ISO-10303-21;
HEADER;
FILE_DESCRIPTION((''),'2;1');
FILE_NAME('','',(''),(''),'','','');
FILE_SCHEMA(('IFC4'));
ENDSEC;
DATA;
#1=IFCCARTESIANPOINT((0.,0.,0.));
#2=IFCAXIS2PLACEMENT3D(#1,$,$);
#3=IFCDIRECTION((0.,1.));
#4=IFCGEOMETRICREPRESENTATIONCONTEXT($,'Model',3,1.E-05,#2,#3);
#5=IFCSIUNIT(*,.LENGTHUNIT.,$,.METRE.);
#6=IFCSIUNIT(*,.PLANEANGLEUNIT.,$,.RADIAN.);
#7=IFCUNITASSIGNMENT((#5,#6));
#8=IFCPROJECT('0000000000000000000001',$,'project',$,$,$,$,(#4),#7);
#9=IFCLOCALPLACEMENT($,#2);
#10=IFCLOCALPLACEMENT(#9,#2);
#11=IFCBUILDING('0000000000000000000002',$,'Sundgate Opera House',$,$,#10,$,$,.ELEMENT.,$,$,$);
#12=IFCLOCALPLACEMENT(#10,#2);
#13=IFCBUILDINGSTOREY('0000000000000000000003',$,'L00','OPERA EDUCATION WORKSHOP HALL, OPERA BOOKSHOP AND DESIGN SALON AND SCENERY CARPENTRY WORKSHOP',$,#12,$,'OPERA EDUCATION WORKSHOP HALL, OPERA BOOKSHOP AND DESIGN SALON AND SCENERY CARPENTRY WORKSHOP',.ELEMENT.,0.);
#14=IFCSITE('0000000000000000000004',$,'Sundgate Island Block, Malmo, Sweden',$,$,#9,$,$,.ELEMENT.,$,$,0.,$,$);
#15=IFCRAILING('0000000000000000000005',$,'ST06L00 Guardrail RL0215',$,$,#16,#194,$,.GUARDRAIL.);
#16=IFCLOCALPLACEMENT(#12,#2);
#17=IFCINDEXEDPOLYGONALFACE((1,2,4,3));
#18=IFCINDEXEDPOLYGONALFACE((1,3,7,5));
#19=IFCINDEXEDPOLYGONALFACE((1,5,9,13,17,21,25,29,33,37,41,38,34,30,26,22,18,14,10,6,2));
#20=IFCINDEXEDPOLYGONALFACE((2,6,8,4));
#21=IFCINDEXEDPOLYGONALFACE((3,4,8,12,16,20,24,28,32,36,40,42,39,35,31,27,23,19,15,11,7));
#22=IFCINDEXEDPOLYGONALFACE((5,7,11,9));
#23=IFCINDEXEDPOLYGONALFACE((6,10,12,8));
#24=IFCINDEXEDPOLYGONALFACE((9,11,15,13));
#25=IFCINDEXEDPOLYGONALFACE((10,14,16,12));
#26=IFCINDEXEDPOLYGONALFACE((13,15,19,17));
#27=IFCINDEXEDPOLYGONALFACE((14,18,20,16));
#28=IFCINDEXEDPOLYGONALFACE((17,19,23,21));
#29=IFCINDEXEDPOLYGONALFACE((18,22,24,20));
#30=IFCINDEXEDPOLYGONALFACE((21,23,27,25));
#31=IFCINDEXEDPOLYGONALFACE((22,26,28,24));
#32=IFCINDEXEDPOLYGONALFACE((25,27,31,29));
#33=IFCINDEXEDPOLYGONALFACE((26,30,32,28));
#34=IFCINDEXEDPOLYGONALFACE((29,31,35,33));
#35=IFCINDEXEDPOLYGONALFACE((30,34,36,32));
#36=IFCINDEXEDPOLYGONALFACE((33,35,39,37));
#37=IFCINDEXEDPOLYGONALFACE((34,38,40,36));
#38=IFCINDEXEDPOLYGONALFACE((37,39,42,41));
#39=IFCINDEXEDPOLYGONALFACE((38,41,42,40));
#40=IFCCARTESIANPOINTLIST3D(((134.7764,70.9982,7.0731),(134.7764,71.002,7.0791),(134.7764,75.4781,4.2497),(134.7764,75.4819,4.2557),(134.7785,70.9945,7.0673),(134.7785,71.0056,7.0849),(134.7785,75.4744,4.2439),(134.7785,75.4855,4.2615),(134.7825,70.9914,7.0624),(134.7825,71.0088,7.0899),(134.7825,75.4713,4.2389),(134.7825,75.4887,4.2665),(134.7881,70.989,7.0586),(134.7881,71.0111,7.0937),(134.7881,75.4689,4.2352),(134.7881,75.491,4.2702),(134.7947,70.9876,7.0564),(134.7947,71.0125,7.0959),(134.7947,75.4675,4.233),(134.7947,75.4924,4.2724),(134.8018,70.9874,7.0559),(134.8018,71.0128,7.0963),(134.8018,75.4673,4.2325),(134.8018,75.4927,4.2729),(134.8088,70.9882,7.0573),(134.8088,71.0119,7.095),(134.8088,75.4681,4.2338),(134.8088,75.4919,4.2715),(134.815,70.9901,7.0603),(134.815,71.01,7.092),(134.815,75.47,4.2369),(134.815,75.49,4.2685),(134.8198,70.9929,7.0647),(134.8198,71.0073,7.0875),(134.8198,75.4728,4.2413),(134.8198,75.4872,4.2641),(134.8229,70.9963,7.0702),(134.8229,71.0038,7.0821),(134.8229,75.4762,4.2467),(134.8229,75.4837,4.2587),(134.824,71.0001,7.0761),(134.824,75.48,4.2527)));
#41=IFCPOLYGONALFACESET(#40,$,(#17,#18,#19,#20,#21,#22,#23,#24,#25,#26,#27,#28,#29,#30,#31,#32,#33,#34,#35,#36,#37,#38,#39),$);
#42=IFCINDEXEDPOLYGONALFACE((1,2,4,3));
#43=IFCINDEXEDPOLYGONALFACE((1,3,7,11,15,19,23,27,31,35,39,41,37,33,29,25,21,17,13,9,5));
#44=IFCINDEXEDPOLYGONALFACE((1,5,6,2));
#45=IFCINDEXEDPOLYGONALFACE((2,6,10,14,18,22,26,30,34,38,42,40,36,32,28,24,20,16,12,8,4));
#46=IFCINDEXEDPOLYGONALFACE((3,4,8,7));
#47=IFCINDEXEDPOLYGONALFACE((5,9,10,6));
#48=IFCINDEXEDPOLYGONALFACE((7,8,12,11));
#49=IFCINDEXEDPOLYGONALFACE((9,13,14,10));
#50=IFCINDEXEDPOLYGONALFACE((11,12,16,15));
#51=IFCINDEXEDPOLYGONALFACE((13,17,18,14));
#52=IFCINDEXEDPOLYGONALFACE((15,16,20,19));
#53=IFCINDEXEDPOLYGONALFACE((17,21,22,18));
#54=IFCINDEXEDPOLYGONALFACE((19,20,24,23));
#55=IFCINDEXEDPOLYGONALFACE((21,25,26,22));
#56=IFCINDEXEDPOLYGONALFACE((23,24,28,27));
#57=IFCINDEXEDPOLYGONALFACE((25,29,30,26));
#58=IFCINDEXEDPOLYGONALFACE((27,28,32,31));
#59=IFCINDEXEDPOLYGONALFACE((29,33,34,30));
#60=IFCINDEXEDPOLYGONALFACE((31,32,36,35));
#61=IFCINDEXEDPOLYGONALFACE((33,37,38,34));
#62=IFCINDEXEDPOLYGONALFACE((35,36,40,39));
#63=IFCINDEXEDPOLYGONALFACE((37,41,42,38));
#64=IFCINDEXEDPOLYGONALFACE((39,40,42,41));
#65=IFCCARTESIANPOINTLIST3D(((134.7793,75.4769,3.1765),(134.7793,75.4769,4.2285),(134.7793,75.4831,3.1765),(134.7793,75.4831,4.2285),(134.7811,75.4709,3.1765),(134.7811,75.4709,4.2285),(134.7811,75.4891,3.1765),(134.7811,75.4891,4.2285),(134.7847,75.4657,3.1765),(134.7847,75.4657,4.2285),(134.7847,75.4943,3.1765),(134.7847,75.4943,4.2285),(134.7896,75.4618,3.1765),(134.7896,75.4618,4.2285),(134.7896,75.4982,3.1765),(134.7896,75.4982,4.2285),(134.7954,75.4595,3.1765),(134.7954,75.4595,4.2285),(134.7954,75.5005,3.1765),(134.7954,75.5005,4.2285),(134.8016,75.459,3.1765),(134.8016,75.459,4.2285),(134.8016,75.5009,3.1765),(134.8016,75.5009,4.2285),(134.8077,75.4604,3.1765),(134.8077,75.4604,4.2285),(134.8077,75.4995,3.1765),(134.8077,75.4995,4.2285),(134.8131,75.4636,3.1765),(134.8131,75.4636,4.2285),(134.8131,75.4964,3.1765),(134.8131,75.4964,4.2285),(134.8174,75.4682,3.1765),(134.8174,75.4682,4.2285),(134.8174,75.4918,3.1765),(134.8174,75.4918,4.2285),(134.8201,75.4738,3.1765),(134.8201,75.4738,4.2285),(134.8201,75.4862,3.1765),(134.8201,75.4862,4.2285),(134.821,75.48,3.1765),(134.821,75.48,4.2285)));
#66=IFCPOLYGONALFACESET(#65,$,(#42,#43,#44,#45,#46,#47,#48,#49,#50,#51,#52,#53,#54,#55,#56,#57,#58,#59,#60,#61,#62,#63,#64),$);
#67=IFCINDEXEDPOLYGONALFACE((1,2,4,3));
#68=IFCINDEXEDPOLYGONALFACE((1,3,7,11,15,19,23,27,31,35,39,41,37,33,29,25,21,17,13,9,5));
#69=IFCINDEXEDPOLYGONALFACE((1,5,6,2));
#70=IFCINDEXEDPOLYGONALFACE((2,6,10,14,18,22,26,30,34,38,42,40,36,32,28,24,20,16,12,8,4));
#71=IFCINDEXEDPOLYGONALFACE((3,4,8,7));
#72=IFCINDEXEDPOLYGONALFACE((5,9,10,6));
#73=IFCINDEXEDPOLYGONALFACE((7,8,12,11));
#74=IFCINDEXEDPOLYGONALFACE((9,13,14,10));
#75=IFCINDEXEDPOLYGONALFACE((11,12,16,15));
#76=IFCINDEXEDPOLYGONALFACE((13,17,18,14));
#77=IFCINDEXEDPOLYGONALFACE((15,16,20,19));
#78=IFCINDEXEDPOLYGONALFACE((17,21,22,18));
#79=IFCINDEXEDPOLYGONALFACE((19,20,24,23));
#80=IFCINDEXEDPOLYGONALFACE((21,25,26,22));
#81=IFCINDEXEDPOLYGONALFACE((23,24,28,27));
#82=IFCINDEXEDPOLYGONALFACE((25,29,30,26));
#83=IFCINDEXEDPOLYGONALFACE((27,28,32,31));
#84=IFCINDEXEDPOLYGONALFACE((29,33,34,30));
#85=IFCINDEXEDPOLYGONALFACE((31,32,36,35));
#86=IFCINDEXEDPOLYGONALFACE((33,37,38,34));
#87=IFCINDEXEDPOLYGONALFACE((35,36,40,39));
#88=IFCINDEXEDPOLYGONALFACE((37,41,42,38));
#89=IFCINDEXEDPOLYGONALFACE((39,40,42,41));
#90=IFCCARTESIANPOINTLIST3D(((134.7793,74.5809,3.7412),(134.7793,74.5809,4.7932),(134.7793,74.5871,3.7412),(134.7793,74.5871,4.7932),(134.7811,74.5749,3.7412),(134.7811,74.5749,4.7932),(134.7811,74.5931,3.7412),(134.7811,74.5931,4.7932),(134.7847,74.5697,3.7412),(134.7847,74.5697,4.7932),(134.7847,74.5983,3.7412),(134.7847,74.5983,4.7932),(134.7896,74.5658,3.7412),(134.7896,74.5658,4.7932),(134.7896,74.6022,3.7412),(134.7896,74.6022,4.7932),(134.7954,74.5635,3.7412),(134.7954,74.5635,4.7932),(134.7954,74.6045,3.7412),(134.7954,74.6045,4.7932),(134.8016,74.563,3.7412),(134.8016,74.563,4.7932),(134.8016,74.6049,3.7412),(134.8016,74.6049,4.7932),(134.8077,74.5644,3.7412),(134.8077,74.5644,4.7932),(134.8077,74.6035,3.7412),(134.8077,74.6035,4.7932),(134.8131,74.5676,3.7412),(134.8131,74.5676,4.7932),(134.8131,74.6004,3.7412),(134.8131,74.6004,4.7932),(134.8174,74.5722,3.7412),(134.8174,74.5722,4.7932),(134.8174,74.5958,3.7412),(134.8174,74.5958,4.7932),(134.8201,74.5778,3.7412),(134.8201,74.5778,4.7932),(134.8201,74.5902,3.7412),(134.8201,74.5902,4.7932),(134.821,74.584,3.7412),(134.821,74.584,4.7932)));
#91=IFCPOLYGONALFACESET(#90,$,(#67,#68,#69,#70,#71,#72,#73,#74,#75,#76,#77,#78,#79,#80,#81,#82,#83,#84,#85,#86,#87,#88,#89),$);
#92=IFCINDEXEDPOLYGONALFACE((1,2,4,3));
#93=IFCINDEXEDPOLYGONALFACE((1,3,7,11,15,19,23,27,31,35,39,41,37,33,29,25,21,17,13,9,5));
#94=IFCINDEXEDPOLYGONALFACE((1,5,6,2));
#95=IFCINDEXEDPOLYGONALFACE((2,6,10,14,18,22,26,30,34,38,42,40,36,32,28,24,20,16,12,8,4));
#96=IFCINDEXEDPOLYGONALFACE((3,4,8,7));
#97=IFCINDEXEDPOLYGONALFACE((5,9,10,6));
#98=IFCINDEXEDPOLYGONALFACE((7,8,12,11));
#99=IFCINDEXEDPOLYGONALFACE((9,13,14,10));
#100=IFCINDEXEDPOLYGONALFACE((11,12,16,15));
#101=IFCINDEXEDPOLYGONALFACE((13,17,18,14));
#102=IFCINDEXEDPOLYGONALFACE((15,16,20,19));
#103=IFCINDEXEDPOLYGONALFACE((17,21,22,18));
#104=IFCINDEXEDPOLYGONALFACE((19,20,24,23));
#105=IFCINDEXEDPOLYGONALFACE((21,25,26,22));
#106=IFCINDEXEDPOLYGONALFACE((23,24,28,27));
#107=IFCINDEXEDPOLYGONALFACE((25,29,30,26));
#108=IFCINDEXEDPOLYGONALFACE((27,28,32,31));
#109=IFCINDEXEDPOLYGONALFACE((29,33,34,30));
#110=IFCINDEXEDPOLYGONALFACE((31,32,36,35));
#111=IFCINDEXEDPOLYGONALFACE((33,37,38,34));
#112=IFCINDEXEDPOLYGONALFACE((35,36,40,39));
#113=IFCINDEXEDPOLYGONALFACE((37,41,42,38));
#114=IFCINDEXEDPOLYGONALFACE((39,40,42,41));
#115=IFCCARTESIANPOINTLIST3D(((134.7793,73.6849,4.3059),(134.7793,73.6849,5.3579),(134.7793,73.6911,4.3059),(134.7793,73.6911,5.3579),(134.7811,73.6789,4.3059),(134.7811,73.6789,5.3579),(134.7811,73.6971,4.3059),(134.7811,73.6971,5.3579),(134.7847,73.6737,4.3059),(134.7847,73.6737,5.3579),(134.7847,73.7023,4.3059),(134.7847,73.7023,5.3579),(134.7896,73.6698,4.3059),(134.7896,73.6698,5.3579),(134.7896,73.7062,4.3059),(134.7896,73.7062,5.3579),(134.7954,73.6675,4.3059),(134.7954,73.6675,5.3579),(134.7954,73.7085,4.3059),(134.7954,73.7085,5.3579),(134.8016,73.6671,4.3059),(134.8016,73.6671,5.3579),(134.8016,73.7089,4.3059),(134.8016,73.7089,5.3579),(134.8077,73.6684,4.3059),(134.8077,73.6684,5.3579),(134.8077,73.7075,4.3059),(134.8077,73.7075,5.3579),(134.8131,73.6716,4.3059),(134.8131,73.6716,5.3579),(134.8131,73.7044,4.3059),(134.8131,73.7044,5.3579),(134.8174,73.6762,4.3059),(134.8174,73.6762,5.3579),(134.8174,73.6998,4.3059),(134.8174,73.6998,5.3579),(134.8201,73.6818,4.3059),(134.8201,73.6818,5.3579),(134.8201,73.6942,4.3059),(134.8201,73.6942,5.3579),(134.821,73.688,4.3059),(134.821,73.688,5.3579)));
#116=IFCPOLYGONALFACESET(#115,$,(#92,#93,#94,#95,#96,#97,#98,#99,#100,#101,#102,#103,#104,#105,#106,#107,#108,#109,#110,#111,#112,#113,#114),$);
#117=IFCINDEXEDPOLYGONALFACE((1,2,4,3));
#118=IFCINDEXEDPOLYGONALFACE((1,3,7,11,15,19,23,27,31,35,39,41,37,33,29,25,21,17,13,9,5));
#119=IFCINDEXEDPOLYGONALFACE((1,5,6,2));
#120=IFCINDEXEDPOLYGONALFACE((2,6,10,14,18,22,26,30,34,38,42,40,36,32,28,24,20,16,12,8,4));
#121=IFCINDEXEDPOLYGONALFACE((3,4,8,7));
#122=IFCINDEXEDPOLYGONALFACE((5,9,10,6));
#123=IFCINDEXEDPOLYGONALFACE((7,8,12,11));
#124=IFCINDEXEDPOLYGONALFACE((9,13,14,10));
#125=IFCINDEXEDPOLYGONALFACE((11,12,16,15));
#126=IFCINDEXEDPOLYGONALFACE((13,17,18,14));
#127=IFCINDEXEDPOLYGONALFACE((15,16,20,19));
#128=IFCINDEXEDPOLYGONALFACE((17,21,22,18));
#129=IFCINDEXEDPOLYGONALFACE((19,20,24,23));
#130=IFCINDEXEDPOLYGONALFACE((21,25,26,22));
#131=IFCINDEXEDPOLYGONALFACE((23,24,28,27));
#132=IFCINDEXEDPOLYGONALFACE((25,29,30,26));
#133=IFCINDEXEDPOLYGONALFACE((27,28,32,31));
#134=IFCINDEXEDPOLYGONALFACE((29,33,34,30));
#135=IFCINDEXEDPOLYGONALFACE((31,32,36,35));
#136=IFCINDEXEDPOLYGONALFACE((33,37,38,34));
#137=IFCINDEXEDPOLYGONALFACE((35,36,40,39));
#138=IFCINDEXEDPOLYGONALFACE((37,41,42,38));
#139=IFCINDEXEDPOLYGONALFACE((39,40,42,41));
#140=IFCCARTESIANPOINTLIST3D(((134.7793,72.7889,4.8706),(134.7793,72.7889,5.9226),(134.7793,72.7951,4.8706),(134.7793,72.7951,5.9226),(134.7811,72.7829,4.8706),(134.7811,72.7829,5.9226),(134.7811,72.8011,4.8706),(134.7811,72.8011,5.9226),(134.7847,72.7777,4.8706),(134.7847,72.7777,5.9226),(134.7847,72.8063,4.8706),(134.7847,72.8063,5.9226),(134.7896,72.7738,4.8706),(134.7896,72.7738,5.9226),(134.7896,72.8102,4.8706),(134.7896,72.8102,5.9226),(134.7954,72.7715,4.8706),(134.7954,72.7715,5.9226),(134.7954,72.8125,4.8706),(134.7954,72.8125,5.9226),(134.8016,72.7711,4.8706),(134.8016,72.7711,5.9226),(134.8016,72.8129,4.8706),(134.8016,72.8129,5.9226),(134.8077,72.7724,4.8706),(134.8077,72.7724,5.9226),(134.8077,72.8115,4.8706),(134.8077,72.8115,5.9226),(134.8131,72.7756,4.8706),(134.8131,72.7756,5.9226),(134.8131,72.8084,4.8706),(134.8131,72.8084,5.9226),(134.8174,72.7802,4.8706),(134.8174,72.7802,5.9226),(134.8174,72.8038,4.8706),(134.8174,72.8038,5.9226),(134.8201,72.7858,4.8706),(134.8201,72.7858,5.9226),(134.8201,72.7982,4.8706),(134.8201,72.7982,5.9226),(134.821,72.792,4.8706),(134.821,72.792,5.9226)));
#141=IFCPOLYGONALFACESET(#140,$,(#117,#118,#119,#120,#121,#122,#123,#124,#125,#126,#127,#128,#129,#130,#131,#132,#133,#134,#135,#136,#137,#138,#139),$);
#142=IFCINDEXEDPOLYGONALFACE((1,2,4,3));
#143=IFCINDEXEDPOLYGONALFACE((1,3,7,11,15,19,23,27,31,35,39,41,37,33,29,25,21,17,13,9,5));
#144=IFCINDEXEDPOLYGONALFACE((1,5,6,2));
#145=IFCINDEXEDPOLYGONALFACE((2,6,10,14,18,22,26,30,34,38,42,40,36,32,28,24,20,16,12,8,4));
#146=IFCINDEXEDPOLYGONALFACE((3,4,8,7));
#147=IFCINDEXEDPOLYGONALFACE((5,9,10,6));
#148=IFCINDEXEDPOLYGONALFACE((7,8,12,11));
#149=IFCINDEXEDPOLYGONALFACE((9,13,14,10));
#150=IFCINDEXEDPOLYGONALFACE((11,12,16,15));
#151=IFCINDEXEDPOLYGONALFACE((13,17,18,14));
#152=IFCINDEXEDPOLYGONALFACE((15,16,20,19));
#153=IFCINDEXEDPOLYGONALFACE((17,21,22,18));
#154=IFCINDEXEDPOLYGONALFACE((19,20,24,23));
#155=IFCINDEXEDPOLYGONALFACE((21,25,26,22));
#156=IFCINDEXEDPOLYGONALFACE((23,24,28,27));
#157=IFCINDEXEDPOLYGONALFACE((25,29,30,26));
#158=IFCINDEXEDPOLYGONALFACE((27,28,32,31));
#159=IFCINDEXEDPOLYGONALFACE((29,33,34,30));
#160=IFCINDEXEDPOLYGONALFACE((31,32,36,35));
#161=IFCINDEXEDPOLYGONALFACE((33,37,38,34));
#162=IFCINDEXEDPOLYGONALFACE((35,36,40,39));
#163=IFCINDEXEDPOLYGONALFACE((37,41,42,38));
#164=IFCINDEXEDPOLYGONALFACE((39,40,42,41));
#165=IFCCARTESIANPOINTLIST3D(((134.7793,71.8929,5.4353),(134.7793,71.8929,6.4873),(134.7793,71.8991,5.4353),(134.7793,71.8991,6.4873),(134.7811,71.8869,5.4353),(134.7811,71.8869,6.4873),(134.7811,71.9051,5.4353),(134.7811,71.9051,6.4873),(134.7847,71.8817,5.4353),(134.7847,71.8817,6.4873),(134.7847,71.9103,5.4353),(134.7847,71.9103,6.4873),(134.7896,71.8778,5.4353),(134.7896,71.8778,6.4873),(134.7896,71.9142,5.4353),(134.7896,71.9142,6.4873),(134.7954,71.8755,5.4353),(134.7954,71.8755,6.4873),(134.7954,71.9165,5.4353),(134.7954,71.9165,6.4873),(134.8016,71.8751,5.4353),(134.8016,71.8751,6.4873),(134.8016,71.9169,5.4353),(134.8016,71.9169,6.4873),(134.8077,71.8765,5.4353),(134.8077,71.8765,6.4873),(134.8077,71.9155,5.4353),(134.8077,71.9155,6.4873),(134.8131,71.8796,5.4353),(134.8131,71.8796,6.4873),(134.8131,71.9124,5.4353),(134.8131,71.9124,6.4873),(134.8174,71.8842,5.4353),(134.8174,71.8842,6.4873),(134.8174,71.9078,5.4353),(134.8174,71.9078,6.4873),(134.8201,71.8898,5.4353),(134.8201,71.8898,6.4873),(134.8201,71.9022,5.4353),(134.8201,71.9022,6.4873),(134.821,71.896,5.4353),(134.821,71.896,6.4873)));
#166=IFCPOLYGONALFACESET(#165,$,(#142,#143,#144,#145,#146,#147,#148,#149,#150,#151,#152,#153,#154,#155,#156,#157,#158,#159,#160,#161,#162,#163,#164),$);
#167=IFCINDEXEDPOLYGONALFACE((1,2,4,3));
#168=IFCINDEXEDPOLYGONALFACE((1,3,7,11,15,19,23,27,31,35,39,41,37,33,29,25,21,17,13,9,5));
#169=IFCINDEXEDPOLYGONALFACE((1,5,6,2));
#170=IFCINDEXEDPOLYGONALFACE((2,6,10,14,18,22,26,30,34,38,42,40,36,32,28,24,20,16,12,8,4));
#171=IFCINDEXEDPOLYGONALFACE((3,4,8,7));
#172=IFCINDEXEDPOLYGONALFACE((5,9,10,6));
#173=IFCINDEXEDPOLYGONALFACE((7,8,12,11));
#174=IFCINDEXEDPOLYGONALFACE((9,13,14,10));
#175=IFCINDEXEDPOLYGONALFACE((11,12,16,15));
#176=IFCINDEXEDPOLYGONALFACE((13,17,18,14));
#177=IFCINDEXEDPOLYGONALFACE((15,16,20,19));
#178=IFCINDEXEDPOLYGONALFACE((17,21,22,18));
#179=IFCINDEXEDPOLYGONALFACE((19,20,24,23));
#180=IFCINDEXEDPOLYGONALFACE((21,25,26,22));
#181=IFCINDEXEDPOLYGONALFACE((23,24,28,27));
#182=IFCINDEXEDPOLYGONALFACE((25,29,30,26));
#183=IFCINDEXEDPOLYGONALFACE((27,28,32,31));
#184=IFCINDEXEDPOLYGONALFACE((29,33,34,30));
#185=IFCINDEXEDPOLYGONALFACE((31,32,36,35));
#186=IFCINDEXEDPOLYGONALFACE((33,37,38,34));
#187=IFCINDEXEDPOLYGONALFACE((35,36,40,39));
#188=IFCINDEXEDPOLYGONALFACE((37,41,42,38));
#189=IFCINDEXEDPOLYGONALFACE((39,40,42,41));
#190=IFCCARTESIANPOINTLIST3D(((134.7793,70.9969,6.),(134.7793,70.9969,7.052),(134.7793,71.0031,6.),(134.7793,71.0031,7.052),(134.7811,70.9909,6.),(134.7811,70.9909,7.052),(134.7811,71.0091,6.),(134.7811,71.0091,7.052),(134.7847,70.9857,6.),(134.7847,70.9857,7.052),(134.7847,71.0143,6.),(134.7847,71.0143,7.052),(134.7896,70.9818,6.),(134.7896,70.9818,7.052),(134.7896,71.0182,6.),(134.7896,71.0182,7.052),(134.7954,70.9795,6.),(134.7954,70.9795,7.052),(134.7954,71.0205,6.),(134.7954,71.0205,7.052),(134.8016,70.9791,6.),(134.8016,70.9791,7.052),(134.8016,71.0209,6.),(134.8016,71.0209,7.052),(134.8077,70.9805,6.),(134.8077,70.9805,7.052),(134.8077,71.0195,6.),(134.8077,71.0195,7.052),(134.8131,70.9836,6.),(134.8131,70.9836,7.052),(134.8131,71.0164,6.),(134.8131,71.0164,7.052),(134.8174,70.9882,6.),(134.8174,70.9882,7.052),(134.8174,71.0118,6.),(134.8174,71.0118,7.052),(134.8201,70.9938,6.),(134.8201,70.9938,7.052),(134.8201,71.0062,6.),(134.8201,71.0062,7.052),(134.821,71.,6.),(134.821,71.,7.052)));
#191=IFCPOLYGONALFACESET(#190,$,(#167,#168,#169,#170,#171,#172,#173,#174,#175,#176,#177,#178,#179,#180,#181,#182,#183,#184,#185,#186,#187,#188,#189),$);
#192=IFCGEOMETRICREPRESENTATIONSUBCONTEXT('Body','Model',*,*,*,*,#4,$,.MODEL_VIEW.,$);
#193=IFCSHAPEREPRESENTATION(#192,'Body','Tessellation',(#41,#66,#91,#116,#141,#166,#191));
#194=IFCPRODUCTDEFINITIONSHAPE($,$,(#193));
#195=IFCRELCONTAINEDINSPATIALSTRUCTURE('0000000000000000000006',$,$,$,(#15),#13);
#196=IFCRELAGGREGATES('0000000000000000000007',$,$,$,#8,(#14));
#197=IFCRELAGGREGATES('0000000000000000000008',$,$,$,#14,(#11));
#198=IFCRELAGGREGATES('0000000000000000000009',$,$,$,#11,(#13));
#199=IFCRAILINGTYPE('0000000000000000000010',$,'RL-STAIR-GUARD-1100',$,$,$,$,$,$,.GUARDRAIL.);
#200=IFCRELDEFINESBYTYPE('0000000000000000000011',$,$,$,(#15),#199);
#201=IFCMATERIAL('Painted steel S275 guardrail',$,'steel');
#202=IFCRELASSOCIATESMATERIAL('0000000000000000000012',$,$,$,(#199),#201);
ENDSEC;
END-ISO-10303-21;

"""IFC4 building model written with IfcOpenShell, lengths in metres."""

from ifc_helpers import new_model, si_unit, direction, frame, origin, origin_2d, place, context, subcontext, project, spatial, circle, extrude, material, type_object, element, save


model = new_model("IFC4")

# Units and contexts
model_context = context("Model", 3, precision=1e-05, world=origin(), true_north=direction((0.0, 1.0)))
body_context = subcontext(model_context, "Body", "Model", "MODEL_VIEW")
ifc_project = project(units=[si_unit("LENGTHUNIT", "METRE"), si_unit("PLANEANGLEUNIT", "RADIAN")], contexts=[model_context])

# Site, building, storey
site_placement = place(None, origin())
site = spatial("IfcSite", under=ifc_project, at=site_placement, Name="Sundgate Island Block, Malmo, Sweden", CompositionType="ELEMENT", RefElevation=0.0)
building_placement = place(site_placement, origin())
building = spatial("IfcBuilding", under=site, at=building_placement, Name="Sundgate Opera House", CompositionType="ELEMENT")
storey_placement = place(building_placement, origin())
storey = spatial("IfcBuildingStorey", under=building, at=storey_placement, Name="L00", Description="OPERA EDUCATION WORKSHOP HALL, OPERA BOOKSHOP AND DESIGN SALON AND SCENERY CARPENTRY WORKSHOP", LongName="OPERA EDUCATION WORKSHOP HALL, OPERA BOOKSHOP AND DESIGN SALON AND SCENERY CARPENTRY WORKSHOP", CompositionType="ELEMENT", Elevation=0.0)

# Railing
ifc_material_1 = material(Name="Painted steel S275 guardrail", Category="steel")
railing_type_1 = type_object("IfcRailingType", Name="RL-STAIR-GUARD-1100", PredefinedType="GUARDRAIL", material=ifc_material_1)
railing_1_placement = place(storey_placement, frame((134.8, 75.48, 3.1765)))
element("IfcRailing", 1, at=railing_1_placement, inside=storey, type_object=railing_type_1, Name="ST06L00 Guardrail RL0215", PredefinedType="GUARDRAIL", context=body_context, shape_type="SweptSolid", body=[
    extrude(circle(Radius=0.0239, at=origin_2d()), frame((0.0, 0.0, 1.0762), z_axis=(0.0, -0.845998, 0.533186), x_axis=(1.0, 0.0, 0.0)), (0.0, 0.0, 1.0), 5.2954),
    extrude(circle(Radius=0.021, at=origin_2d()), origin(), (0.0, 0.0, 1.0), 1.052),
    extrude(circle(Radius=0.021, at=origin_2d()), frame((0.0, -0.896, 0.5647)), (0.0, 0.0, 1.0), 1.052),
    extrude(circle(Radius=0.021, at=origin_2d()), frame((0.0, -1.792, 1.1294)), (0.0, 0.0, 1.0), 1.052),
    extrude(circle(Radius=0.021, at=origin_2d()), frame((0.0, -2.688, 1.6941)), (0.0, 0.0, 1.0), 1.052),
    extrude(circle(Radius=0.021, at=origin_2d()), frame((0.0, -3.584, 2.2588)), (0.0, 0.0, 1.0), 1.052),
    extrude(circle(Radius=0.021, at=origin_2d()), frame((0.0, -4.48, 2.8235)), (0.0, 0.0, 1.0), 1.052),
])

save(model, "model.ifc")
